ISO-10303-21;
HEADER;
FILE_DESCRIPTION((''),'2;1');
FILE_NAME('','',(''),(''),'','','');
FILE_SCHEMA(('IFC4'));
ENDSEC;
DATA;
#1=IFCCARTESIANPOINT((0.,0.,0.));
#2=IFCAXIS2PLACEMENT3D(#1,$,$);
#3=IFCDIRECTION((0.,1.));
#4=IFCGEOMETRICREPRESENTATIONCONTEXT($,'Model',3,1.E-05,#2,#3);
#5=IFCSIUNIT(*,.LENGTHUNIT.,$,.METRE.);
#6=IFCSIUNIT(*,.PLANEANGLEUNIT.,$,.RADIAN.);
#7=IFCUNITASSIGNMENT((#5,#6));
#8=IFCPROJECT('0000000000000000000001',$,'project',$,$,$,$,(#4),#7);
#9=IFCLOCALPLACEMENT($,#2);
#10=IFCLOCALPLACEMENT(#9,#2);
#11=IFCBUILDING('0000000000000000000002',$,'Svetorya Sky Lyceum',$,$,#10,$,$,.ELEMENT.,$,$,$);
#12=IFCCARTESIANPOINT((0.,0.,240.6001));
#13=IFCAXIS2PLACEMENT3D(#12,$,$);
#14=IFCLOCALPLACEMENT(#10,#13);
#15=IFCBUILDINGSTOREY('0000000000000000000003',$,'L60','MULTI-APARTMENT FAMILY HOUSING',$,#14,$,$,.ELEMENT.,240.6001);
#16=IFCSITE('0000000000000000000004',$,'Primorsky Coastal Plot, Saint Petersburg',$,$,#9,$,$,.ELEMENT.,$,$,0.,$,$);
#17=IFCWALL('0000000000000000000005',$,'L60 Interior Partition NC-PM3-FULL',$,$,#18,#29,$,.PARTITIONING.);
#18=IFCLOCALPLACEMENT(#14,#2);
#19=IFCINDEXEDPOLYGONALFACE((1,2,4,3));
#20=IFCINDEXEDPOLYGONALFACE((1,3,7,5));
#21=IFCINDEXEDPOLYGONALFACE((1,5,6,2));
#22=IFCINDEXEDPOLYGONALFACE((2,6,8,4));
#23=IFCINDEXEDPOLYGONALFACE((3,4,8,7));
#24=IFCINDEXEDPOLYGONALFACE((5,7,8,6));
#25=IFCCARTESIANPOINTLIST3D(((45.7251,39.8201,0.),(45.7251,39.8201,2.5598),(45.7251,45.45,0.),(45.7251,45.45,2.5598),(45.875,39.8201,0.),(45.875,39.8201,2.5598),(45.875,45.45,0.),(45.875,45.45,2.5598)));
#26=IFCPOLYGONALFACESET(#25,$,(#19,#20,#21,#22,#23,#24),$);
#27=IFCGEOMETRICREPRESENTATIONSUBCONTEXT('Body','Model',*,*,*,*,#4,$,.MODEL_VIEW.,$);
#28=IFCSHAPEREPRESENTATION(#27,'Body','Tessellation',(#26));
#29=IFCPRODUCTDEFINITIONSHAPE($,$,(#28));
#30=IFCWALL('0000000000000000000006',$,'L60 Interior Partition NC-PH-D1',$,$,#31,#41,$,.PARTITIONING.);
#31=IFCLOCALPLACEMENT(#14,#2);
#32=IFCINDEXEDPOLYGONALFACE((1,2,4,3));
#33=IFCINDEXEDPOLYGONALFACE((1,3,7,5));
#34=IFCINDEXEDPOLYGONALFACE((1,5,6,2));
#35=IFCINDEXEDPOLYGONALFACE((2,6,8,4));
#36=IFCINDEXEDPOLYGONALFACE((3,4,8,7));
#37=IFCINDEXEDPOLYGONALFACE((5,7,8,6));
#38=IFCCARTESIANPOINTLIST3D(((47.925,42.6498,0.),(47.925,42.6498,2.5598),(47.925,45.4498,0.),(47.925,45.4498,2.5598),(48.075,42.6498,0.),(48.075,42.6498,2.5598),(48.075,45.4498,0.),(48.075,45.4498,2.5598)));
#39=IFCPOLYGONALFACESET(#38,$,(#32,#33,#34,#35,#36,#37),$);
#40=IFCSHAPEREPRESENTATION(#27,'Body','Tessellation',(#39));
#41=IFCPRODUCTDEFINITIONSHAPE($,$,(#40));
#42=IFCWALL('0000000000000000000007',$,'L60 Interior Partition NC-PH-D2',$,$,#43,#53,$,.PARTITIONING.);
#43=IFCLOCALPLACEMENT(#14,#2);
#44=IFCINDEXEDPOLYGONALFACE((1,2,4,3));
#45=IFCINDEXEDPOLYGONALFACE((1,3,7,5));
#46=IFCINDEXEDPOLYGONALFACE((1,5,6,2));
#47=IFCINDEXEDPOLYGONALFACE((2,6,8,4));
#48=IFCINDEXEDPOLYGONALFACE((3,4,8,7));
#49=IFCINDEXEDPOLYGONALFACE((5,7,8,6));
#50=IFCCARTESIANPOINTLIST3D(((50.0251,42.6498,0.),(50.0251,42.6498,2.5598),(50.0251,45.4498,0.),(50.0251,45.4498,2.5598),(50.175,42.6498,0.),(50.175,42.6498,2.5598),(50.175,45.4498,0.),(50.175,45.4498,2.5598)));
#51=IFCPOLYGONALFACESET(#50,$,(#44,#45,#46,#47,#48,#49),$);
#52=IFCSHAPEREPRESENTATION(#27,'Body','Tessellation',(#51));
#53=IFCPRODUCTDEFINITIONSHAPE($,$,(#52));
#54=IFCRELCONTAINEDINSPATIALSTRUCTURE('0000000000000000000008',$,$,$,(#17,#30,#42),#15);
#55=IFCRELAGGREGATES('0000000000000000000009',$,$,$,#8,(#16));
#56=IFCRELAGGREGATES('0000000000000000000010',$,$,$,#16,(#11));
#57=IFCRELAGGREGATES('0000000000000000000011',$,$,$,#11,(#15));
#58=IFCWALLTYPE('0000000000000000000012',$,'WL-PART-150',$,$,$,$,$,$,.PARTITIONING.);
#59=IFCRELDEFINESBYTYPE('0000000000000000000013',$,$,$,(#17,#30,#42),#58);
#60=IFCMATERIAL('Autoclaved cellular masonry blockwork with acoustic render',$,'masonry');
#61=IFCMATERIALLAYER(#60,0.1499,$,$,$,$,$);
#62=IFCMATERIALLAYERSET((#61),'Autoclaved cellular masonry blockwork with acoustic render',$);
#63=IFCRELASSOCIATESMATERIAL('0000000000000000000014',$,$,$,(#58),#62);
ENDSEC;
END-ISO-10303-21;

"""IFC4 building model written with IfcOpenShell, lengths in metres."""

from ifc_helpers import new_model, si_unit, direction, frame, frame_2d, origin, place, context, subcontext, project, spatial, rectangle, extrude, material, layer, layer_set, type_object, element, save


model = new_model("IFC4")

# Units and contexts
model_context = context("Model", 3, precision=1e-05, world=origin(), true_north=direction((0.0, 1.0)))
body_context = subcontext(model_context, "Body", "Model", "MODEL_VIEW")
ifc_project = project(units=[si_unit("LENGTHUNIT", "METRE"), si_unit("PLANEANGLEUNIT", "RADIAN")], contexts=[model_context])

# Site, building, storey
site_placement = place(None, origin())
site = spatial("IfcSite", under=ifc_project, at=site_placement, Name="Primorsky Coastal Plot, Saint Petersburg", CompositionType="ELEMENT", RefElevation=0.0)
building_placement = place(site_placement, origin())
building = spatial("IfcBuilding", under=site, at=building_placement, Name="Svetorya Sky Lyceum", CompositionType="ELEMENT")
storey_placement = place(building_placement, frame((0.0, 0.0, 240.6001)))
storey = spatial("IfcBuildingStorey", under=building, at=storey_placement, Name="L60", Description="MULTI-APARTMENT FAMILY HOUSING", CompositionType="ELEMENT", Elevation=240.6001)

# Walls
ifc_material_1 = material(Name="Autoclaved cellular masonry blockwork with acoustic render", Category="masonry")
ifc_layer_1 = layer(ifc_material_1, 0.1499)
ifc_layer_set_1 = layer_set([ifc_layer_1], Name="Autoclaved cellular masonry blockwork with acoustic render")
wall_type_1 = type_object("IfcWallType", Name="WL-PART-150", PredefinedType="PARTITIONING", material=ifc_layer_set_1)
for number, where, z_axis, x_axis, name in (
    (1, (45.8, 39.8201, 0.0), (0.0, 0.0, 1.0), (0.0, 1.0, 0.0), "L60 Interior Partition NC-PM3-FULL"),
):
    element("IfcWall", number, at=place(storey_placement, frame(where, z_axis=z_axis, x_axis=x_axis)), inside=storey, type_object=wall_type_1, Name=name, PredefinedType="PARTITIONING", context=body_context, shape_type="SweptSolid", body=[
        extrude(rectangle(XDim=5.6299, YDim=0.1499, at=frame_2d((2.8149, 0.0))), origin(), (0.0, 0.0, 1.0), 2.5598),
    ])
for number, where, z_axis, x_axis, name in (
    (2, (48.0, 42.6499, 0.0), (0.0, 0.0, 1.0), (0.0, 1.0, 0.0), "L60 Interior Partition NC-PH-D1"),
    (3, (50.1001, 42.6499, 0.0), (0.0, 0.0, 1.0), (0.0, 1.0, 0.0), "L60 Interior Partition NC-PH-D2"),
):
    element("IfcWall", number, at=place(storey_placement, frame(where, z_axis=z_axis, x_axis=x_axis)), inside=storey, type_object=wall_type_1, Name=name, PredefinedType="PARTITIONING", context=body_context, shape_type="SweptSolid", body=[
        extrude(rectangle(XDim=2.8, YDim=0.1499, at=frame_2d((1.3999, 0.0))), origin(), (0.0, 0.0, 1.0), 2.5598),
    ])

save(model, "model.ifc")
